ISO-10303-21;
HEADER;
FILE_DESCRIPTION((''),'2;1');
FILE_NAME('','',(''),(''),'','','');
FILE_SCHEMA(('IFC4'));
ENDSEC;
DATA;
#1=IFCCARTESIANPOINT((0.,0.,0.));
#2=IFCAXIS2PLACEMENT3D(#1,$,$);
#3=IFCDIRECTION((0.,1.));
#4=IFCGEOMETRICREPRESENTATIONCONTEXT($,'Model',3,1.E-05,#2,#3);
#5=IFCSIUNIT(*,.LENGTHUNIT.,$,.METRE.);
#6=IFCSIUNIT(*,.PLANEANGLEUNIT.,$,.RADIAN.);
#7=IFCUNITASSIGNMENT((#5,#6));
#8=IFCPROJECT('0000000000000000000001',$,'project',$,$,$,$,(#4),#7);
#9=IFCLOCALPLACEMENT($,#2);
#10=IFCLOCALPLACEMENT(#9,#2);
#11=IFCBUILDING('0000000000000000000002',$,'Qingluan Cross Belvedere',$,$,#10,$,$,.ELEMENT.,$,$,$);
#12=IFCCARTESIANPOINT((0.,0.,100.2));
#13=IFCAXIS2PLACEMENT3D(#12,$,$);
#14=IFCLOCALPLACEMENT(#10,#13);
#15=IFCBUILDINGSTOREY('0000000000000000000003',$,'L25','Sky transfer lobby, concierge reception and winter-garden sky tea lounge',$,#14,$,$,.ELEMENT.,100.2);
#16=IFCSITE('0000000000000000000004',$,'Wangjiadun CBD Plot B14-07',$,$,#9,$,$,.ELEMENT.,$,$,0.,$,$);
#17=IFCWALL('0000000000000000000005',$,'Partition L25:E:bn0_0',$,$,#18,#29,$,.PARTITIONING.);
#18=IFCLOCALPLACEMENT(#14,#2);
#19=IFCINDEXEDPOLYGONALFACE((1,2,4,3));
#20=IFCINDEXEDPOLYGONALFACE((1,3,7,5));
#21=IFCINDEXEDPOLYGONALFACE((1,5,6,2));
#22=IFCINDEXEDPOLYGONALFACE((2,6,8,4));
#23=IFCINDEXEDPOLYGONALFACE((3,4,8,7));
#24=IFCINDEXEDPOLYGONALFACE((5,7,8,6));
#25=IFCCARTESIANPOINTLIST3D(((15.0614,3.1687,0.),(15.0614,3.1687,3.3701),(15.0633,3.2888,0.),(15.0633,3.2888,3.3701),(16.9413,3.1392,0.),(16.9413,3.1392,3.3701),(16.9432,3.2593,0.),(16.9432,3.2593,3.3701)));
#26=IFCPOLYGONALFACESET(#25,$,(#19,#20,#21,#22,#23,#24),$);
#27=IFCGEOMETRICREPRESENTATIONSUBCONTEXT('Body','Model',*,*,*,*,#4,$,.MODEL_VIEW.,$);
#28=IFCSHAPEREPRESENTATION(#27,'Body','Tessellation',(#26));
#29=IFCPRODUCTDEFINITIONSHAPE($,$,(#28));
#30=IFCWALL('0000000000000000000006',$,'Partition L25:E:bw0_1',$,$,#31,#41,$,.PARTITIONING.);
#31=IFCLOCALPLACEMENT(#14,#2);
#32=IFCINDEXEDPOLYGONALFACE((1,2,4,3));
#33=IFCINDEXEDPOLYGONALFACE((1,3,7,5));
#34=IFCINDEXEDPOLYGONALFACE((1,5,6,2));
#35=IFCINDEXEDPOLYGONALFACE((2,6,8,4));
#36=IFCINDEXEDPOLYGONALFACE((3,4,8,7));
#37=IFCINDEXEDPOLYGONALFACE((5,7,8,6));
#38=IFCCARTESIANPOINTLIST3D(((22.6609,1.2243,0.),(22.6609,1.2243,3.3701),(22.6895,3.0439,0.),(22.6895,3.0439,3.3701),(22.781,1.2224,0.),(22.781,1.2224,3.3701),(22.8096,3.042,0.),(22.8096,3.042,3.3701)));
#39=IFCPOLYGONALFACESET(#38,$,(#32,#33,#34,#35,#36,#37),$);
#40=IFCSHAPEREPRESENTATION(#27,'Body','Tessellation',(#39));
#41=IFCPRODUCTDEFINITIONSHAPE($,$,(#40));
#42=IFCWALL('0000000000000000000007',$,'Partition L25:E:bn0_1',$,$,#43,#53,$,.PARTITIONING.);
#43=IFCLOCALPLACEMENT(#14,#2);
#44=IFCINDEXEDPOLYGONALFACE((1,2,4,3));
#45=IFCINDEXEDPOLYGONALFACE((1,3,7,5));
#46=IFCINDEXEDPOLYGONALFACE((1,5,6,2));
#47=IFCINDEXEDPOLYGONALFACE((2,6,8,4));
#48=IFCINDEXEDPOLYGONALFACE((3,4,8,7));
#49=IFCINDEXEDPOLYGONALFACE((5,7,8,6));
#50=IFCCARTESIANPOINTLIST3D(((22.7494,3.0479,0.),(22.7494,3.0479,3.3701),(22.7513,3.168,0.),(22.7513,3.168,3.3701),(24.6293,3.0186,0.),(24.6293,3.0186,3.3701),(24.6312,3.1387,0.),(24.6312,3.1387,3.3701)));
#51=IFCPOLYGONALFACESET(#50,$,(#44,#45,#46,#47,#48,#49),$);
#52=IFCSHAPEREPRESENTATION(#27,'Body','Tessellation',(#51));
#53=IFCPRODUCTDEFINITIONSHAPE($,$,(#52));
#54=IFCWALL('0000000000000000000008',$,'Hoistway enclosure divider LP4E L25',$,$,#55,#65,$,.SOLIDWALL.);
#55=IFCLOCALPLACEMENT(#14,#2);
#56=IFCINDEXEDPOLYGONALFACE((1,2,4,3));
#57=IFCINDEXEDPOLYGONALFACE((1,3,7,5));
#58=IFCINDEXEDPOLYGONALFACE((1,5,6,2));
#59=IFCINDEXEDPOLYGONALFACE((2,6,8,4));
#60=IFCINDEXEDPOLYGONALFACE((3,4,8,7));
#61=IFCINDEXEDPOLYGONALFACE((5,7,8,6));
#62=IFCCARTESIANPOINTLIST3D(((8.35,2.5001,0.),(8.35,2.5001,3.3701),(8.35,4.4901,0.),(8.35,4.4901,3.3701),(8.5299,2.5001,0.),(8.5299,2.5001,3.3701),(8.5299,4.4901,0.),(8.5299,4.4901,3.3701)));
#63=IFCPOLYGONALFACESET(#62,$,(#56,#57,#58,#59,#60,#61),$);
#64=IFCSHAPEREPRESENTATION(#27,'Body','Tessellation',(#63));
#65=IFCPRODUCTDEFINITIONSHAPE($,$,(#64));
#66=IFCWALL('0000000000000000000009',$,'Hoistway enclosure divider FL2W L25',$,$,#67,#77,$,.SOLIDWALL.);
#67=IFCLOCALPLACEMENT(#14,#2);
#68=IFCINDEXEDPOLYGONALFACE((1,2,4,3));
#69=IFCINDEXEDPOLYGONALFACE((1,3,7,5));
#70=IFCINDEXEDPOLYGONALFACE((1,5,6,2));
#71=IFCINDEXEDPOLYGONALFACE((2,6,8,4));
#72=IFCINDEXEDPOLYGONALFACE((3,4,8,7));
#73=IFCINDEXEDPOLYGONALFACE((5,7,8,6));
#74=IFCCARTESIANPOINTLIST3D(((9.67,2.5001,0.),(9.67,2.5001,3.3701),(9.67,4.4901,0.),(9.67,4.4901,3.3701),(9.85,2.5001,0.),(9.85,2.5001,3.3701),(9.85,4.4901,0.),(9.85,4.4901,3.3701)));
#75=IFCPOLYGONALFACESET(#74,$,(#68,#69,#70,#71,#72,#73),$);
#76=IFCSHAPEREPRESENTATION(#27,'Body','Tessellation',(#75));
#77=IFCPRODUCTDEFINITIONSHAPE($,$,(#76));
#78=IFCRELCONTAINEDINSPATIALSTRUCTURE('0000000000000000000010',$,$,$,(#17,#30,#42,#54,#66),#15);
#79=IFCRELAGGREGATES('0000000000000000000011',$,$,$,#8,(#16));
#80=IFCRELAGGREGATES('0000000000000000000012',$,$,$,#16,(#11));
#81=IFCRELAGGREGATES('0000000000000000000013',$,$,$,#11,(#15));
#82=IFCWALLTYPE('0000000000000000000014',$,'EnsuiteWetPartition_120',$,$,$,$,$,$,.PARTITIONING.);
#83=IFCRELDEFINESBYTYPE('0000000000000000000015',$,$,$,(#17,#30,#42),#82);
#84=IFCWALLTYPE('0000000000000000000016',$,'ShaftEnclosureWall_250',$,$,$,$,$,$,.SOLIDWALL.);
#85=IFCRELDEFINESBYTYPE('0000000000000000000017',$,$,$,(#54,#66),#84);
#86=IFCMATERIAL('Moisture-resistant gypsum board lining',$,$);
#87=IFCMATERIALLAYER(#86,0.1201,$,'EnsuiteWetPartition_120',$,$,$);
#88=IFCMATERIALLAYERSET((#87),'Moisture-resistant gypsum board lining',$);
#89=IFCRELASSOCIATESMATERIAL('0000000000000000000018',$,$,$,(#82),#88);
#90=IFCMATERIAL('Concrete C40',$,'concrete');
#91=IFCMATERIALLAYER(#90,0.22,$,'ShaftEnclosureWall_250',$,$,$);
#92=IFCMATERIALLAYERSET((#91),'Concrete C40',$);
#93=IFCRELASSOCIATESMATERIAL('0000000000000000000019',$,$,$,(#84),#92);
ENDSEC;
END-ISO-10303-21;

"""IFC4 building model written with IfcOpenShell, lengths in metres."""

from ifc_helpers import new_model, si_unit, direction, frame, frame_2d, origin, place, context, subcontext, project, spatial, rectangle, extrude, material, layer, layer_set, type_object, element, save


model = new_model("IFC4")

# Units and contexts
model_context = context("Model", 3, precision=1e-05, world=origin(), true_north=direction((0.0, 1.0)))
body_context = subcontext(model_context, "Body", "Model", "MODEL_VIEW")
ifc_project = project(units=[si_unit("LENGTHUNIT", "METRE"), si_unit("PLANEANGLEUNIT", "RADIAN")], contexts=[model_context])

# Site, building, storey
site_placement = place(None, origin())
site = spatial("IfcSite", under=ifc_project, at=site_placement, Name="Wangjiadun CBD Plot B14-07", CompositionType="ELEMENT", RefElevation=0.0)
building_placement = place(site_placement, origin())
building = spatial("IfcBuilding", under=site, at=building_placement, Name="Qingluan Cross Belvedere", CompositionType="ELEMENT")
storey_placement = place(building_placement, frame((0.0, 0.0, 100.2)))
storey = spatial("IfcBuildingStorey", under=building, at=storey_placement, Name="L25", Description="Sky transfer lobby, concierge reception and winter-garden sky tea lounge", CompositionType="ELEMENT", Elevation=100.2)

# Shared definitions
ifc_material_1 = material(Name="Moisture-resistant gypsum board lining")
ifc_layer_1 = layer(ifc_material_1, 0.1201, Name="EnsuiteWetPartition_120")
ifc_layer_set_1 = layer_set([ifc_layer_1], Name="Moisture-resistant gypsum board lining")
wall_type_1 = type_object("IfcWallType", Name="EnsuiteWetPartition_120", PredefinedType="PARTITIONING", material=ifc_layer_set_1)

# Walls
wall_1_placement = place(storey_placement, frame((15.0625, 3.2288, 0.0), z_axis=(0.0, 0.0, 1.0), x_axis=(0.999877, -0.015712, 0.0)))
element("IfcWall", 1, at=wall_1_placement, inside=storey, type_object=wall_type_1, Name="Partition L25:E:bn0_0", PredefinedType="PARTITIONING", context=body_context, shape_type="SweptSolid", body=[
    extrude(rectangle(XDim=1.8801, YDim=0.1201, at=frame_2d((0.9399, 0.0))), origin(), (0.0, 0.0, 1.0), 3.3701),
])
wall_2_placement = place(storey_placement, frame((22.7209, 1.2234, 0.0), z_axis=(0.0, 0.0, 1.0), x_axis=(0.015696, 0.999877, 0.0)))
element("IfcWall", 2, at=wall_2_placement, inside=storey, type_object=wall_type_1, Name="Partition L25:E:bw0_1", PredefinedType="PARTITIONING", context=body_context, shape_type="SweptSolid", body=[
    extrude(rectangle(XDim=1.8198, YDim=0.1201, at=frame_2d((0.9099, 0.0))), origin(), (0.0, 0.0, 1.0), 3.3701),
])
wall_3_placement = place(storey_placement, frame((22.7505, 3.1079, 0.0), z_axis=(0.0, 0.0, 1.0), x_axis=(0.999879, -0.015583, 0.0)))
element("IfcWall", 3, at=wall_3_placement, inside=storey, type_object=wall_type_1, Name="Partition L25:E:bn0_1", PredefinedType="PARTITIONING", context=body_context, shape_type="SweptSolid", body=[
    extrude(rectangle(XDim=1.8801, YDim=0.1201, at=frame_2d((0.9399, 0.0))), origin(), (0.0, 0.0, 1.0), 3.3701),
])

# Shared definitions
ifc_material_2 = material(Name="Concrete C40", Category="concrete")
ifc_layer_2 = layer(ifc_material_2, 0.22, Name="ShaftEnclosureWall_250")
ifc_layer_set_2 = layer_set([ifc_layer_2], Name="Concrete C40")
wall_type_2 = type_object("IfcWallType", Name="ShaftEnclosureWall_250", PredefinedType="SOLIDWALL", material=ifc_layer_set_2)

# Walls
for number, where, z_axis, x_axis, name in (
    (4, (8.4399, 2.5, 0.0), (0.0, 0.0, 1.0), (0.0, 1.0, 0.0), "Hoistway enclosure divider LP4E L25"),
    (5, (9.76, 2.5, 0.0), (0.0, 0.0, 1.0), (0.0, 1.0, 0.0), "Hoistway enclosure divider FL2W L25"),
):
    element("IfcWall", number, at=place(storey_placement, frame(where, z_axis=z_axis, x_axis=x_axis)), inside=storey, type_object=wall_type_2, Name=name, PredefinedType="SOLIDWALL", context=body_context, shape_type="SweptSolid", body=[
        extrude(rectangle(XDim=1.99, YDim=0.1799, at=frame_2d((0.9951, 0.0))), origin(), (0.0, 0.0, 1.0), 3.3701),
    ])

save(model, "model.ifc")
